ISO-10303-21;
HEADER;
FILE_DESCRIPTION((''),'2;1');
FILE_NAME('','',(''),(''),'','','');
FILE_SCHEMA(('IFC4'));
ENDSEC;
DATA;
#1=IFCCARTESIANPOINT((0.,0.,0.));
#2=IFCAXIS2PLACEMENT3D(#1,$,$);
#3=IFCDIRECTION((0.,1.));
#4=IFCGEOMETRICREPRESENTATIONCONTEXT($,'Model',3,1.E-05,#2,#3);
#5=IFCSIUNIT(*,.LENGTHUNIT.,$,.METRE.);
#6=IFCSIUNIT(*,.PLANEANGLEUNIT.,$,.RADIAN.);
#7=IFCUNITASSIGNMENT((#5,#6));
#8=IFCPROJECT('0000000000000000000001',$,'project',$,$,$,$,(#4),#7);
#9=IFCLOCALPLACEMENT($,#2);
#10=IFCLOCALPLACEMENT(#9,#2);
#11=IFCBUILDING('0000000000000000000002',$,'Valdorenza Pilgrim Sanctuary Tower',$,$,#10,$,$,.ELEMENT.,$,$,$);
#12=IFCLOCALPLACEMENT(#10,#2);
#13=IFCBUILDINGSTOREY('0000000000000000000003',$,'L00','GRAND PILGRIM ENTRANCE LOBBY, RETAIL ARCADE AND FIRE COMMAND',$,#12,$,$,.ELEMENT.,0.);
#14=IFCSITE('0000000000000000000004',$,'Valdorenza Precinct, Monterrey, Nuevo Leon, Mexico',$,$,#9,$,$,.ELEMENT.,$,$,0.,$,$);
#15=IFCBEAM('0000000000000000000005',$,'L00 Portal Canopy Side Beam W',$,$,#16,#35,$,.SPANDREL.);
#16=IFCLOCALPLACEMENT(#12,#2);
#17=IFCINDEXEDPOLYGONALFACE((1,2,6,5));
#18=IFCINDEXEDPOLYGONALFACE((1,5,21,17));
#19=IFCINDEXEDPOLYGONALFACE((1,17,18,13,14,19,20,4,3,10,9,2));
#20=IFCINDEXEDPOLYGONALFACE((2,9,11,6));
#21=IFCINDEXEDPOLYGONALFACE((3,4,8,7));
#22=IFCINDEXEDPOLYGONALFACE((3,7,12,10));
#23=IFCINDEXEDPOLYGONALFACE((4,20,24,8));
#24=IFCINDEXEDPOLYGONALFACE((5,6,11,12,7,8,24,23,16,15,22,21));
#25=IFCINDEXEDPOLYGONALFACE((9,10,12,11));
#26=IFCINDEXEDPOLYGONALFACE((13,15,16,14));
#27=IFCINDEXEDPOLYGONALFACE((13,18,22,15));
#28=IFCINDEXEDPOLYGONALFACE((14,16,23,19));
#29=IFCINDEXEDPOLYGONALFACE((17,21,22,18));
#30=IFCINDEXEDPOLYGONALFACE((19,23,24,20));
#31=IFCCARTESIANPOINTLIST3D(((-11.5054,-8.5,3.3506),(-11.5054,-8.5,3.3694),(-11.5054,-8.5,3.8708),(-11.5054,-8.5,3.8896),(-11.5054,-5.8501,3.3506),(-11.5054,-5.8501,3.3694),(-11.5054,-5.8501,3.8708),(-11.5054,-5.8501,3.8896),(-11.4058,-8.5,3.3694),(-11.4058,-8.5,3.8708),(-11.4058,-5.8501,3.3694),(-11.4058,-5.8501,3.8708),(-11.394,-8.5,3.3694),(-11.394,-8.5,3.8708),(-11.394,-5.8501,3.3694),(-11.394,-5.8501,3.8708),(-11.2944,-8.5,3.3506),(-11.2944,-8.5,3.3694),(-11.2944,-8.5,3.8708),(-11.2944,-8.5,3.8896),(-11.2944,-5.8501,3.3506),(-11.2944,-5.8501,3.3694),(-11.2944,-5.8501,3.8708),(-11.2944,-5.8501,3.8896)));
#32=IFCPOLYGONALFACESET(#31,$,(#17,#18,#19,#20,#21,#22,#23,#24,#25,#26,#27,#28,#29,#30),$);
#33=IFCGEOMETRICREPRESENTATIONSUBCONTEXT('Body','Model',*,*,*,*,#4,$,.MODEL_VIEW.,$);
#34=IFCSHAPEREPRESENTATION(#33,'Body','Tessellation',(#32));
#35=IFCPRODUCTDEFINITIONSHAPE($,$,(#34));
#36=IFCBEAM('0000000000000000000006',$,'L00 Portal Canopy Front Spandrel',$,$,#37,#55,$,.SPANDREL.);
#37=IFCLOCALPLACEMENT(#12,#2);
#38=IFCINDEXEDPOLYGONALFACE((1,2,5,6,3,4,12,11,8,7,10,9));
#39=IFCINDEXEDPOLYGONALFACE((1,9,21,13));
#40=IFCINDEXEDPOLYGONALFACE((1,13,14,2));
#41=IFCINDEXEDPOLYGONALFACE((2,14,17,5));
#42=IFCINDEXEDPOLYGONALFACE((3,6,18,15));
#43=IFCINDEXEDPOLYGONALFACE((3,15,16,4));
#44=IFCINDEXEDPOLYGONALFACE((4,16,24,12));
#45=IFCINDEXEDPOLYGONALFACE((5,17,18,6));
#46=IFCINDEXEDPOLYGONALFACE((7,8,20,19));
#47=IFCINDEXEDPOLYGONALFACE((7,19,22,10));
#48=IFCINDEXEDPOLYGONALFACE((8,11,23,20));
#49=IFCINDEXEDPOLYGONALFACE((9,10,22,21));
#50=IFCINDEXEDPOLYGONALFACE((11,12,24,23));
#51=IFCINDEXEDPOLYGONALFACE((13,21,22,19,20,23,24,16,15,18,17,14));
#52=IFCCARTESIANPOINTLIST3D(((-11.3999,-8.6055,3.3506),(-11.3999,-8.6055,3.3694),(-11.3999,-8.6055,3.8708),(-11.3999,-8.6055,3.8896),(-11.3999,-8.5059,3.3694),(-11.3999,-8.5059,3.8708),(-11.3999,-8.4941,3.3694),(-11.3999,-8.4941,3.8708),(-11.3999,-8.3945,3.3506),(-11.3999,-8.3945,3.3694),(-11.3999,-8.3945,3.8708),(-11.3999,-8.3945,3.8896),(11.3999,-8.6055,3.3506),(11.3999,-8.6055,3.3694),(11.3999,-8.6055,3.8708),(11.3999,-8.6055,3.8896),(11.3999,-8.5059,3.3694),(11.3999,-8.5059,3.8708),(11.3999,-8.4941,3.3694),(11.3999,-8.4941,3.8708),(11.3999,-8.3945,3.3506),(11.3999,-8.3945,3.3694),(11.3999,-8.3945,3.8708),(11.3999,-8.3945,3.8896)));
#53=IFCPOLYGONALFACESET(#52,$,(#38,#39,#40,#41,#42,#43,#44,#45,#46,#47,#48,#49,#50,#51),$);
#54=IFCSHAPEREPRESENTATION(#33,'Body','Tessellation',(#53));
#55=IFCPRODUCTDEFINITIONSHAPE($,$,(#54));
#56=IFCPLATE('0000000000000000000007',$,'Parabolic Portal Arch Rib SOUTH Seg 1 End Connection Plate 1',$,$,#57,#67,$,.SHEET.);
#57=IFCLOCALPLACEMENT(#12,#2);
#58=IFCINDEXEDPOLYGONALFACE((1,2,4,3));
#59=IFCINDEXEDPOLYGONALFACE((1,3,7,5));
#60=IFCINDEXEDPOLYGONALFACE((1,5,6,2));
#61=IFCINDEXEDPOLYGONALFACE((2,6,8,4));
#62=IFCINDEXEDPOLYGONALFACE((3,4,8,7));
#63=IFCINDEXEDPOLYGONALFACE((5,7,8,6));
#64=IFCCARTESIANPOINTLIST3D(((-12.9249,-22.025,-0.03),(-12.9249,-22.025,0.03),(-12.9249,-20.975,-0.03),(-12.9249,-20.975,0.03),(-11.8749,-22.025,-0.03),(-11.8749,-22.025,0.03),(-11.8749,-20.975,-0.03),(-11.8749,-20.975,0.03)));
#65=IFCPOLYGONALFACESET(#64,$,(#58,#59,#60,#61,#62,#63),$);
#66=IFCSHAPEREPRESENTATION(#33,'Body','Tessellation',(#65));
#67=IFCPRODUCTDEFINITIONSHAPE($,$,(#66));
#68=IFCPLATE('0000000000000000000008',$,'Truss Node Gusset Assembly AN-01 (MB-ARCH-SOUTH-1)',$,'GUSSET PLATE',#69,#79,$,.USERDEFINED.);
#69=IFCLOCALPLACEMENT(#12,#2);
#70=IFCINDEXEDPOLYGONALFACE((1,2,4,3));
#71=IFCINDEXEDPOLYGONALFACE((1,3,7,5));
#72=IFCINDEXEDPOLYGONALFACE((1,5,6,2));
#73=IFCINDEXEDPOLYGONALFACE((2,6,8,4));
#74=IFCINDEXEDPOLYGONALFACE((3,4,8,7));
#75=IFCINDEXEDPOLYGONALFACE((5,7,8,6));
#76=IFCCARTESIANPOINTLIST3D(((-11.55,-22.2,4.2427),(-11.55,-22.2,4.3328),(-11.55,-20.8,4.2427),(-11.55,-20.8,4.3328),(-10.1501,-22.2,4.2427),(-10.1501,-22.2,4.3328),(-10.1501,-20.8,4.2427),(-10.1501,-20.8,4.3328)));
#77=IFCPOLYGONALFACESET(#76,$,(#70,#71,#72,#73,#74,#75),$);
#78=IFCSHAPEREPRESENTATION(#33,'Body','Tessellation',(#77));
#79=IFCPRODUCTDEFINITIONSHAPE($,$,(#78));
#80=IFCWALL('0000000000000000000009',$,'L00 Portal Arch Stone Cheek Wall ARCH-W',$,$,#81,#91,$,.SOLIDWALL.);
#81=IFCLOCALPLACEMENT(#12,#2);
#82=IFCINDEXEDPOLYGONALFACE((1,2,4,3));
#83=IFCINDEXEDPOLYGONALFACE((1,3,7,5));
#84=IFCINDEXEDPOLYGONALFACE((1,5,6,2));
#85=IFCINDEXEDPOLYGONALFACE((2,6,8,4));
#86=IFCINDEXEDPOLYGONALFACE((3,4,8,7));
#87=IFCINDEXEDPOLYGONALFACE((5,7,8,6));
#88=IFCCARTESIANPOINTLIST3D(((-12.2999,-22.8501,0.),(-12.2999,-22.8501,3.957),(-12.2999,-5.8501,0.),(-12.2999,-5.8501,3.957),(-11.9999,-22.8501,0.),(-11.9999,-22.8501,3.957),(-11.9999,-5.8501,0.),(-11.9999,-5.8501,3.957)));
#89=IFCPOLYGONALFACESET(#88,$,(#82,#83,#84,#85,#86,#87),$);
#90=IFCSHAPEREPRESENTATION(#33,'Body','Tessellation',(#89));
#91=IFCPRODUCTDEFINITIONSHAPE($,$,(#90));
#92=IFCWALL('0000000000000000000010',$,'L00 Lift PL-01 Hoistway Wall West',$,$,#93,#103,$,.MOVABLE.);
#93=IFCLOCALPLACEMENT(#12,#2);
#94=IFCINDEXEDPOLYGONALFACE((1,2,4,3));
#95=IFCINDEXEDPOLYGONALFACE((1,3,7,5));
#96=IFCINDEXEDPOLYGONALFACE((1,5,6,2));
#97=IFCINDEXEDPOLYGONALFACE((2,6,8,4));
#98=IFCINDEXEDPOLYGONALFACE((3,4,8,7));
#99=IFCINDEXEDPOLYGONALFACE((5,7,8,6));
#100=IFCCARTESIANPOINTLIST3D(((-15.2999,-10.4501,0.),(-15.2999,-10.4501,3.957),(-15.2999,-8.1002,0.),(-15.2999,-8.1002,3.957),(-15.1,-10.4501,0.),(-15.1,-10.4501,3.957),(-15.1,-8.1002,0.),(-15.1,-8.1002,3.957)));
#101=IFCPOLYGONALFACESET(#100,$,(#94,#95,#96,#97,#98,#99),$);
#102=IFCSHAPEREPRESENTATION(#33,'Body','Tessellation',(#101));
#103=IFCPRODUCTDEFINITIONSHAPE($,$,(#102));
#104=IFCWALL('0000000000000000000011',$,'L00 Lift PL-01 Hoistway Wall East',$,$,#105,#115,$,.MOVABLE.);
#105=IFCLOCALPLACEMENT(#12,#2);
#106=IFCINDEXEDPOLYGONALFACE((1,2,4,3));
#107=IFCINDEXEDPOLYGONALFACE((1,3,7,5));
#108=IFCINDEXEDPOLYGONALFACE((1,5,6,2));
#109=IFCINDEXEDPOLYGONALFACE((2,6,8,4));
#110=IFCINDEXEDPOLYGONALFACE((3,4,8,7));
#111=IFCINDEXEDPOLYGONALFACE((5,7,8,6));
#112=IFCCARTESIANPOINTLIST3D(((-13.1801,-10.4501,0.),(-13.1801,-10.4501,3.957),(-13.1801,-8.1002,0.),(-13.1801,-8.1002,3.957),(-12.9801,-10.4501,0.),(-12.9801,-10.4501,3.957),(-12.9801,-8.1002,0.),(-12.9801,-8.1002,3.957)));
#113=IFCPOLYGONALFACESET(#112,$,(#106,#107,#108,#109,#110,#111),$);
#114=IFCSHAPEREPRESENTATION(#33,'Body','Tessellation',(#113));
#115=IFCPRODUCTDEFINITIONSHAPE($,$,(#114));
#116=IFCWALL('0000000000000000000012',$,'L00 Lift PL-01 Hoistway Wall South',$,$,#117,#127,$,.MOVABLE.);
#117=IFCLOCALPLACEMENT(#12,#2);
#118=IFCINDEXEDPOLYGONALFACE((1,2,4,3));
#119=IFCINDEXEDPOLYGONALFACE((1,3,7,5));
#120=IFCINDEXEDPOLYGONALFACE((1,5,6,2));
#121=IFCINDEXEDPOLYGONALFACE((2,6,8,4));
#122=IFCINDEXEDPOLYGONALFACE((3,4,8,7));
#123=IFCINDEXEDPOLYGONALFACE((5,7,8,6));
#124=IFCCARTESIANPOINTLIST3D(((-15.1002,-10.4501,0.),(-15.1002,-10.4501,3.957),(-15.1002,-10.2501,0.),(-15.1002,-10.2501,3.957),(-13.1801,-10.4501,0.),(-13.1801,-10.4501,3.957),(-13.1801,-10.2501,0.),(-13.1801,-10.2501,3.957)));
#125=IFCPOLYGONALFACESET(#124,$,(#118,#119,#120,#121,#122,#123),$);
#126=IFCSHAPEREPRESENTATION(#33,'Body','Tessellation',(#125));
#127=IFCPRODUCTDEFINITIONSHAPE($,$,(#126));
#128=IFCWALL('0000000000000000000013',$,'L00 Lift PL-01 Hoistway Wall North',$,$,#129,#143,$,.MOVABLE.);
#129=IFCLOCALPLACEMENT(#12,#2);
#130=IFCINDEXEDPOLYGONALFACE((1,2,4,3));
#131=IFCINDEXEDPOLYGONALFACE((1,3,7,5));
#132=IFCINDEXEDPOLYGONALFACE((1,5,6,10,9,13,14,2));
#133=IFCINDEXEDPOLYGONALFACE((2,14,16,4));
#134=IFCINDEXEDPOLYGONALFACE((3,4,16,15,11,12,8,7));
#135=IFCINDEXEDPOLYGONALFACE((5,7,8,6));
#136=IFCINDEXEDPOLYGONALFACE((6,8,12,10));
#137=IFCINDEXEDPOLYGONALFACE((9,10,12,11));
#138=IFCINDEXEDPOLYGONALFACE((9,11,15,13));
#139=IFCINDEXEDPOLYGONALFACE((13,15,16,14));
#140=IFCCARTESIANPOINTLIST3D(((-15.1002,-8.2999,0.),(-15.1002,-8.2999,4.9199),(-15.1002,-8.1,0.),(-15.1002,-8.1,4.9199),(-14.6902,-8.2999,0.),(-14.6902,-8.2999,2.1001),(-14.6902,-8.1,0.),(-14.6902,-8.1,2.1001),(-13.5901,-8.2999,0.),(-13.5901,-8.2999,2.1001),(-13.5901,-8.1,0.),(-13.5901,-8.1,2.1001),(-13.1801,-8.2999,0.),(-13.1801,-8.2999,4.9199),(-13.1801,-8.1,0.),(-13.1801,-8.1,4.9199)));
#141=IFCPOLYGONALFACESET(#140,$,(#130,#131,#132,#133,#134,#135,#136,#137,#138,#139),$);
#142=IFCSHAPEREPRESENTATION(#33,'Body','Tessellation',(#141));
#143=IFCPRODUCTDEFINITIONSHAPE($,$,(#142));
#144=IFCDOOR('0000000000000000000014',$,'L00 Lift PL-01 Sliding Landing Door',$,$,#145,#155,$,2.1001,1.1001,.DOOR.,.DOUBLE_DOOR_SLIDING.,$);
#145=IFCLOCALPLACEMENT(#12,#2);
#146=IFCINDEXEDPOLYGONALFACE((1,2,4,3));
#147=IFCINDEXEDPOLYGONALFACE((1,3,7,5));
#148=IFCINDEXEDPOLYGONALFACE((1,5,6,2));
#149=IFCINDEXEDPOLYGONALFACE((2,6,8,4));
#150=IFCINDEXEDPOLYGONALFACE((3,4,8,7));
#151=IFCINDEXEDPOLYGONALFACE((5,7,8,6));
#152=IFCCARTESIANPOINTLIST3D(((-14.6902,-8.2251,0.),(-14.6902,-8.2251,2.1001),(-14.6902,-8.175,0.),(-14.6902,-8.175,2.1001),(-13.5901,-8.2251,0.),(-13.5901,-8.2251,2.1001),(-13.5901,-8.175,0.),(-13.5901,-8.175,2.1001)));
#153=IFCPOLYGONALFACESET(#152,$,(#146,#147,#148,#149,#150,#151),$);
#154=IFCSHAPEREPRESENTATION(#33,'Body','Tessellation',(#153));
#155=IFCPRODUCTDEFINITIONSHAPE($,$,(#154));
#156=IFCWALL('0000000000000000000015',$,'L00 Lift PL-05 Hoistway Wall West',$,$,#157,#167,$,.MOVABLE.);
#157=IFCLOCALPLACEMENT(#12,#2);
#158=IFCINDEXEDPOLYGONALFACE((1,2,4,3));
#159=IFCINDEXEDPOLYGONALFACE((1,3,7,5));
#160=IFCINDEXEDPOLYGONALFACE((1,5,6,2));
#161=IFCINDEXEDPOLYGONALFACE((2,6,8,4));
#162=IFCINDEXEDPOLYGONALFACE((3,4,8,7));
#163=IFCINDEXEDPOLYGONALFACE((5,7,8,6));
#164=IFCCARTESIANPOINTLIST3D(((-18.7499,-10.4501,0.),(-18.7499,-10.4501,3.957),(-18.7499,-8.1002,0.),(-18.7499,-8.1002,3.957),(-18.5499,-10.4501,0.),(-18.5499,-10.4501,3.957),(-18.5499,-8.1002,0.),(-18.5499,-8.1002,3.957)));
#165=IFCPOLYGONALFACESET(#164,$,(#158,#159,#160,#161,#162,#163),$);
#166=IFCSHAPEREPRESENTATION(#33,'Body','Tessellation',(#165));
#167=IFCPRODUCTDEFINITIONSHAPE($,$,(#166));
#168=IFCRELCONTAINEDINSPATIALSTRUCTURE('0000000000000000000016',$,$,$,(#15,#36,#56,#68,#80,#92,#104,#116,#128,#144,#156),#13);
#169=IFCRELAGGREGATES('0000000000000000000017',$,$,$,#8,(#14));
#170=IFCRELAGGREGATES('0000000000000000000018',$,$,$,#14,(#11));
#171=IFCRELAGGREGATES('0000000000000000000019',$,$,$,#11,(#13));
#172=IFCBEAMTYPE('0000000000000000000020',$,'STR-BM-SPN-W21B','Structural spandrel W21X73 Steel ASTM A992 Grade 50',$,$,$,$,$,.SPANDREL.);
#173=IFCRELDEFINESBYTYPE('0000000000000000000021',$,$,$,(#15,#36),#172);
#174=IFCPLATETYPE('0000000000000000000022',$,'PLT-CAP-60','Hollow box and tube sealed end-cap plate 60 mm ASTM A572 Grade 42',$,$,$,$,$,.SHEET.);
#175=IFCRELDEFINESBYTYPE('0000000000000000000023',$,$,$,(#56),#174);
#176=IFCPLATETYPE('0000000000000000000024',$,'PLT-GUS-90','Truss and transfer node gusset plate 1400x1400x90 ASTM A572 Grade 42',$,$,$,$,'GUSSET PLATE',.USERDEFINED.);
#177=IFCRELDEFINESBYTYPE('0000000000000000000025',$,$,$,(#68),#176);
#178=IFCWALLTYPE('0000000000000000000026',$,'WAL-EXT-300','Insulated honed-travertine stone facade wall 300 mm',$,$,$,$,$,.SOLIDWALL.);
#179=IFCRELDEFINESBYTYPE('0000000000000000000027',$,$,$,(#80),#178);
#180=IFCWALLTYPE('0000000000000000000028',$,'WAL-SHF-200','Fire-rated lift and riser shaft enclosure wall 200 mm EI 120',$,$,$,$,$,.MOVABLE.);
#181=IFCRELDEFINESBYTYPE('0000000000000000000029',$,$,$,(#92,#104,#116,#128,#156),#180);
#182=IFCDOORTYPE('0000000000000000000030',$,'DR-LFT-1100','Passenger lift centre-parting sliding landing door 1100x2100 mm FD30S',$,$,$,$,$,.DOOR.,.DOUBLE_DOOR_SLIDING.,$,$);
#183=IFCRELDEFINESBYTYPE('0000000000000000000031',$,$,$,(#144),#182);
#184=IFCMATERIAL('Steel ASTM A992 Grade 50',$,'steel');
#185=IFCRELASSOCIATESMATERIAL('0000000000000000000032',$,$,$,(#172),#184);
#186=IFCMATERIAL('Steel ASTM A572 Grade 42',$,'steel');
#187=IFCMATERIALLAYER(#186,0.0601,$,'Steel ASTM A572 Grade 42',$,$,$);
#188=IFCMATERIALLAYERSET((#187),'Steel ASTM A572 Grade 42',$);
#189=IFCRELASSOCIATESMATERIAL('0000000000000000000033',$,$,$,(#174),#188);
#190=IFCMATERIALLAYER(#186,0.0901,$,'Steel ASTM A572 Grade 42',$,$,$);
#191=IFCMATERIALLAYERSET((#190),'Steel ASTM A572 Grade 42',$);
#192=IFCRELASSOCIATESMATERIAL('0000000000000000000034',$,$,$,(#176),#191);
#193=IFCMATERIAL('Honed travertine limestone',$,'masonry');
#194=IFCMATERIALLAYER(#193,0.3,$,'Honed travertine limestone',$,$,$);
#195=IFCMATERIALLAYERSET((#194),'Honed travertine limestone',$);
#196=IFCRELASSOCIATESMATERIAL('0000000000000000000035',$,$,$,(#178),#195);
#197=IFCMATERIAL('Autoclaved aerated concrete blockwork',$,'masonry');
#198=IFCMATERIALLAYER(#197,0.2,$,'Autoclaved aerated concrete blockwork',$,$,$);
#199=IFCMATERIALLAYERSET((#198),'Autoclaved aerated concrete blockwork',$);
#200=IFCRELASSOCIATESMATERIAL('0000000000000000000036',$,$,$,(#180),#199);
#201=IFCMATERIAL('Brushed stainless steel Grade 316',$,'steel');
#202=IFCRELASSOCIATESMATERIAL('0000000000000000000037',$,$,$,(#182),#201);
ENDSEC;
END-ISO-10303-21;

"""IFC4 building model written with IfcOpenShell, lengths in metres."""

from ifc_helpers import new_model, si_unit, direction, frame, frame_2d, origin, origin_2d, place, context, subcontext, project, spatial, rectangle, i_section, extrude, source, transform, mapped, material, layer, layer_set, material_profile, profile_set, type_object, element, fill, save


model = new_model("IFC4")

# Units and contexts
model_context = context("Model", 3, precision=1e-05, world=origin(), true_north=direction((0.0, 1.0)))
body_context = subcontext(model_context, "Body", "Model", "MODEL_VIEW")
ifc_project = project(units=[si_unit("LENGTHUNIT", "METRE"), si_unit("PLANEANGLEUNIT", "RADIAN")], contexts=[model_context])

# Site, building, storey
site_placement = place(None, origin())
site = spatial("IfcSite", under=ifc_project, at=site_placement, Name="Valdorenza Precinct, Monterrey, Nuevo Leon, Mexico", CompositionType="ELEMENT", RefElevation=0.0)
building_placement = place(site_placement, origin())
building = spatial("IfcBuilding", under=site, at=building_placement, Name="Valdorenza Pilgrim Sanctuary Tower", CompositionType="ELEMENT")
storey_placement = place(building_placement, origin())
storey = spatial("IfcBuildingStorey", under=building, at=storey_placement, Name="L00", Description="GRAND PILGRIM ENTRANCE LOBBY, RETAIL ARCADE AND FIRE COMMAND", CompositionType="ELEMENT", Elevation=0.0)

# Shared definitions
ifc_material_1 = material(Name="Steel ASTM A992 Grade 50", Category="steel")

# Shared definitions
ifc_material_2 = material(Name="Steel ASTM A572 Grade 42", Category="steel")

# Beams
ifc_material_profile_1 = material_profile(ifc_material_1, i_section(OverallWidth=0.2109, OverallDepth=0.5391, WebThickness=0.0117, FlangeThickness=0.0188, at=origin_2d()), Name="W21X73")
ifc_profile_set_1 = profile_set([ifc_material_profile_1], Name="Steel ASTM A992 Grade 50")
beam_type_1 = type_object("IfcBeamType", Name="STR-BM-SPN-W21B", Description="Structural spandrel W21X73 Steel ASTM A992 Grade 50", PredefinedType="SPANDREL", material=ifc_profile_set_1)
shared_shape_1 = source(origin(), body_context, "Body", "SweptSolid", [
    extrude(i_section(OverallWidth=0.2109, OverallDepth=0.5391, WebThickness=0.0117, FlangeThickness=0.0188, at=origin_2d()), origin(), (0.0, 0.0, 1.0), 2.6499),
])
beam_1_placement = place(storey_placement, frame((-11.3999, -8.5, 3.6201), z_axis=(0.0, 1.0, 0.0), x_axis=(-1.0, 0.0, 0.0)))
element("IfcBeam", 1, at=beam_1_placement, inside=storey, type_object=beam_type_1, Name="L00 Portal Canopy Side Beam W", PredefinedType="SPANDREL", context=body_context, shape_type="MappedRepresentation", body=[
    mapped(shared_shape_1, transform((0.0, 0.0, 0.0), x_axis=(1.0, 0.0, 0.0), y_axis=(0.0, 1.0, 0.0), z_axis=(0.0, 0.0, 1.0), scale=1.0)),
])
shared_shape_2 = source(origin(), body_context, "Body", "SweptSolid", [
    extrude(i_section(OverallWidth=0.2109, OverallDepth=0.5391, WebThickness=0.0117, FlangeThickness=0.0188, at=origin_2d()), origin(), (0.0, 0.0, 1.0), 22.7998),
])
beam_2_placement = place(storey_placement, frame((-11.3999, -8.5, 3.6201), z_axis=(1.0, 0.0, 0.0), x_axis=(0.0, 1.0, 0.0)))
element("IfcBeam", 2, at=beam_2_placement, inside=storey, type_object=beam_type_1, Name="L00 Portal Canopy Front Spandrel", PredefinedType="SPANDREL", context=body_context, shape_type="MappedRepresentation", body=[
    mapped(shared_shape_2, transform((0.0, 0.0, 0.0), x_axis=(1.0, 0.0, 0.0), y_axis=(0.0, 1.0, 0.0), z_axis=(0.0, 0.0, 1.0), scale=1.0)),
])

# Plates
ifc_layer_1 = layer(ifc_material_2, 0.0601, Name="Steel ASTM A572 Grade 42")
ifc_layer_set_1 = layer_set([ifc_layer_1], Name="Steel ASTM A572 Grade 42")
plate_type_1 = type_object("IfcPlateType", Name="PLT-CAP-60", Description="Hollow box and tube sealed end-cap plate 60 mm ASTM A572 Grade 42", PredefinedType="SHEET", material=ifc_layer_set_1)
shared_shape_3 = source(origin(), body_context, "Body", "SweptSolid", [
    extrude(rectangle(XDim=1.05, YDim=1.05, at=origin_2d()), origin(), (0.0, 0.0, 1.0), 0.0601),
])
plate_1_placement = place(storey_placement, frame((-12.3999, -21.5, -0.03), z_axis=(0.0, 0.0, 1.0), x_axis=(1.0, 0.0, 0.0)))
element("IfcPlate", 3, at=plate_1_placement, inside=storey, type_object=plate_type_1, Name="Parabolic Portal Arch Rib SOUTH Seg 1 End Connection Plate 1", PredefinedType="SHEET", context=body_context, shape_type="MappedRepresentation", body=[
    mapped(shared_shape_3, transform((0.0, 0.0, 0.0), x_axis=(1.0, 0.0, 0.0), y_axis=(0.0, 1.0, 0.0), z_axis=(0.0, 0.0, 1.0), scale=1.0)),
])
ifc_layer_2 = layer(ifc_material_2, 0.0901, Name="Steel ASTM A572 Grade 42")
ifc_layer_set_2 = layer_set([ifc_layer_2], Name="Steel ASTM A572 Grade 42")
plate_type_2 = type_object("IfcPlateType", Name="PLT-GUS-90", Description="Truss and transfer node gusset plate 1400x1400x90 ASTM A572 Grade 42", ElementType="GUSSET PLATE", PredefinedType="USERDEFINED", material=ifc_layer_set_2)
shared_shape_4 = source(origin(), body_context, "Body", "SweptSolid", [
    extrude(rectangle(XDim=1.3999, YDim=1.3999, at=origin_2d()), origin(), (0.0, 0.0, 1.0), 0.0901),
])
plate_2_placement = place(storey_placement, frame((-10.8501, -21.5, 4.2427), z_axis=(0.0, 0.0, 1.0), x_axis=(1.0, 0.0, 0.0)))
element("IfcPlate", 4, at=plate_2_placement, inside=storey, type_object=plate_type_2, Name="Truss Node Gusset Assembly AN-01 (MB-ARCH-SOUTH-1)", ObjectType="GUSSET PLATE", PredefinedType="USERDEFINED", context=body_context, shape_type="MappedRepresentation", body=[
    mapped(shared_shape_4, transform((0.0, 0.0, 0.0), x_axis=(1.0, 0.0, 0.0), y_axis=(0.0, 1.0, 0.0), z_axis=(0.0, 0.0, 1.0), scale=1.0)),
])

# Walls
ifc_material_3 = material(Name="Honed travertine limestone", Category="masonry")
ifc_layer_3 = layer(ifc_material_3, 0.3, Name="Honed travertine limestone")
ifc_layer_set_3 = layer_set([ifc_layer_3], Name="Honed travertine limestone")
wall_type_1 = type_object("IfcWallType", Name="WAL-EXT-300", Description="Insulated honed-travertine stone facade wall 300 mm", PredefinedType="SOLIDWALL", material=ifc_layer_set_3)
wall_1_placement = place(storey_placement, frame((-12.1499, -22.8501, 0.0), z_axis=(0.0, 0.0, 1.0), x_axis=(0.0, 1.0, 0.0)))
element("IfcWall", 5, at=wall_1_placement, inside=storey, type_object=wall_type_1, Name="L00 Portal Arch Stone Cheek Wall ARCH-W", PredefinedType="SOLIDWALL", context=body_context, shape_type="SweptSolid", body=[
    extrude(rectangle(XDim=17.0, YDim=0.3, at=frame_2d((8.5, 0.0))), origin(), (0.0, 0.0, 1.0), 3.957),
])
ifc_material_4 = material(Name="Autoclaved aerated concrete blockwork", Category="masonry")
ifc_layer_4 = layer(ifc_material_4, 0.2, Name="Autoclaved aerated concrete blockwork")
ifc_layer_set_4 = layer_set([ifc_layer_4], Name="Autoclaved aerated concrete blockwork")
wall_type_2 = type_object("IfcWallType", Name="WAL-SHF-200", Description="Fire-rated lift and riser shaft enclosure wall 200 mm EI 120", PredefinedType="MOVABLE", material=ifc_layer_set_4)
for number, where, z_axis, x_axis, name in (
    (6, (-15.2, -10.45, 0.0), (0.0, 0.0, 1.0), (0.0, 1.0, 0.0), "L00 Lift PL-01 Hoistway Wall West"),
    (7, (-13.0801, -10.45, 0.0), (0.0, 0.0, 1.0), (0.0, 1.0, 0.0), "L00 Lift PL-01 Hoistway Wall East"),
):
    element("IfcWall", number, at=place(storey_placement, frame(where, z_axis=z_axis, x_axis=x_axis)), inside=storey, type_object=wall_type_2, Name=name, PredefinedType="MOVABLE", context=body_context, shape_type="SweptSolid", body=[
        extrude(rectangle(XDim=2.3499, YDim=0.2, at=frame_2d((1.1748, 0.0))), origin(), (0.0, 0.0, 1.0), 3.957),
    ])
wall_2_placement = place(storey_placement, frame((-15.1001, -10.3501, 0.0), z_axis=(0.0, 0.0, 1.0), x_axis=(1.0, 0.0, 0.0)))
element("IfcWall", 8, at=wall_2_placement, inside=storey, type_object=wall_type_2, Name="L00 Lift PL-01 Hoistway Wall South", PredefinedType="MOVABLE", context=body_context, shape_type="SweptSolid", body=[
    extrude(rectangle(XDim=1.9202, YDim=0.2, at=frame_2d((0.96, 0.0))), origin(), (0.0, 0.0, 1.0), 3.957),
])

# Wall, opening, door
wall_3_placement = place(storey_placement, frame((-15.1001, -8.2, 0.0), z_axis=(0.0, 0.0, 1.0), x_axis=(1.0, 0.0, 0.0)))
wall_3 = element("IfcWall", 9, at=wall_3_placement, inside=storey, type_object=wall_type_2, Name="L00 Lift PL-01 Hoistway Wall North", PredefinedType="MOVABLE", context=body_context, shape_type="SweptSolid", body=[
    extrude(rectangle(XDim=1.9202, YDim=0.2, at=frame_2d((0.96, 0.0))), origin(), (0.0, 0.0, 1.0), 4.9199),
])
opening_1_placement = place(wall_3_placement, frame((0.4099, 0.0, 0.0)))
opening_1 = element("IfcOpeningElement", 10, at=opening_1_placement, cuts=wall_3, PredefinedType="OPENING", context=body_context, shape_type="SweptSolid", body=[
    extrude(rectangle(XDim=1.1001, YDim=2.1001, at=frame_2d((0.55, 1.05))), frame((0.0, 0.1147, 0.0), z_axis=(0.0, -1.0, 0.0), x_axis=(1.0, 0.0, 0.0)), (0.0, 0.0, 1.0), 0.2297),
])
ifc_material_5 = material(Name="Brushed stainless steel Grade 316", Category="steel")
door_type = type_object("IfcDoorType", Name="DR-LFT-1100", Description="Passenger lift centre-parting sliding landing door 1100x2100 mm FD30S", OperationType="DOUBLE_DOOR_SLIDING", PredefinedType="DOOR", material=ifc_material_5)
door_1_placement = place(opening_1_placement, origin())
door_1 = element("IfcDoor", 11, at=door_1_placement, inside=storey, type_object=door_type, Name="L00 Lift PL-01 Sliding Landing Door", OperationType="DOUBLE_DOOR_SLIDING", OverallHeight=2.1001, OverallWidth=1.1001, PredefinedType="DOOR", context=body_context, shape_type="SweptSolid", body=[
    extrude(rectangle(XDim=1.1001, YDim=2.1001, at=frame_2d((0.55, 1.05))), frame((0.0, 0.0249, 0.0), z_axis=(0.0, -1.0, 0.0), x_axis=(1.0, 0.0, 0.0)), (0.0, 0.0, 1.0), 0.05),
])
fill(opening_1, door_1)

# Wall
for number, where, z_axis, x_axis, name in (
    (12, (-18.6499, -10.45, 0.0), (0.0, 0.0, 1.0), (0.0, 1.0, 0.0), "L00 Lift PL-05 Hoistway Wall West"),
):
    element("IfcWall", number, at=place(storey_placement, frame(where, z_axis=z_axis, x_axis=x_axis)), inside=storey, type_object=wall_type_2, Name=name, PredefinedType="MOVABLE", context=body_context, shape_type="SweptSolid", body=[
        extrude(rectangle(XDim=2.3499, YDim=0.2, at=frame_2d((1.1748, 0.0))), origin(), (0.0, 0.0, 1.0), 3.957),
    ])

save(model, "model.ifc")
